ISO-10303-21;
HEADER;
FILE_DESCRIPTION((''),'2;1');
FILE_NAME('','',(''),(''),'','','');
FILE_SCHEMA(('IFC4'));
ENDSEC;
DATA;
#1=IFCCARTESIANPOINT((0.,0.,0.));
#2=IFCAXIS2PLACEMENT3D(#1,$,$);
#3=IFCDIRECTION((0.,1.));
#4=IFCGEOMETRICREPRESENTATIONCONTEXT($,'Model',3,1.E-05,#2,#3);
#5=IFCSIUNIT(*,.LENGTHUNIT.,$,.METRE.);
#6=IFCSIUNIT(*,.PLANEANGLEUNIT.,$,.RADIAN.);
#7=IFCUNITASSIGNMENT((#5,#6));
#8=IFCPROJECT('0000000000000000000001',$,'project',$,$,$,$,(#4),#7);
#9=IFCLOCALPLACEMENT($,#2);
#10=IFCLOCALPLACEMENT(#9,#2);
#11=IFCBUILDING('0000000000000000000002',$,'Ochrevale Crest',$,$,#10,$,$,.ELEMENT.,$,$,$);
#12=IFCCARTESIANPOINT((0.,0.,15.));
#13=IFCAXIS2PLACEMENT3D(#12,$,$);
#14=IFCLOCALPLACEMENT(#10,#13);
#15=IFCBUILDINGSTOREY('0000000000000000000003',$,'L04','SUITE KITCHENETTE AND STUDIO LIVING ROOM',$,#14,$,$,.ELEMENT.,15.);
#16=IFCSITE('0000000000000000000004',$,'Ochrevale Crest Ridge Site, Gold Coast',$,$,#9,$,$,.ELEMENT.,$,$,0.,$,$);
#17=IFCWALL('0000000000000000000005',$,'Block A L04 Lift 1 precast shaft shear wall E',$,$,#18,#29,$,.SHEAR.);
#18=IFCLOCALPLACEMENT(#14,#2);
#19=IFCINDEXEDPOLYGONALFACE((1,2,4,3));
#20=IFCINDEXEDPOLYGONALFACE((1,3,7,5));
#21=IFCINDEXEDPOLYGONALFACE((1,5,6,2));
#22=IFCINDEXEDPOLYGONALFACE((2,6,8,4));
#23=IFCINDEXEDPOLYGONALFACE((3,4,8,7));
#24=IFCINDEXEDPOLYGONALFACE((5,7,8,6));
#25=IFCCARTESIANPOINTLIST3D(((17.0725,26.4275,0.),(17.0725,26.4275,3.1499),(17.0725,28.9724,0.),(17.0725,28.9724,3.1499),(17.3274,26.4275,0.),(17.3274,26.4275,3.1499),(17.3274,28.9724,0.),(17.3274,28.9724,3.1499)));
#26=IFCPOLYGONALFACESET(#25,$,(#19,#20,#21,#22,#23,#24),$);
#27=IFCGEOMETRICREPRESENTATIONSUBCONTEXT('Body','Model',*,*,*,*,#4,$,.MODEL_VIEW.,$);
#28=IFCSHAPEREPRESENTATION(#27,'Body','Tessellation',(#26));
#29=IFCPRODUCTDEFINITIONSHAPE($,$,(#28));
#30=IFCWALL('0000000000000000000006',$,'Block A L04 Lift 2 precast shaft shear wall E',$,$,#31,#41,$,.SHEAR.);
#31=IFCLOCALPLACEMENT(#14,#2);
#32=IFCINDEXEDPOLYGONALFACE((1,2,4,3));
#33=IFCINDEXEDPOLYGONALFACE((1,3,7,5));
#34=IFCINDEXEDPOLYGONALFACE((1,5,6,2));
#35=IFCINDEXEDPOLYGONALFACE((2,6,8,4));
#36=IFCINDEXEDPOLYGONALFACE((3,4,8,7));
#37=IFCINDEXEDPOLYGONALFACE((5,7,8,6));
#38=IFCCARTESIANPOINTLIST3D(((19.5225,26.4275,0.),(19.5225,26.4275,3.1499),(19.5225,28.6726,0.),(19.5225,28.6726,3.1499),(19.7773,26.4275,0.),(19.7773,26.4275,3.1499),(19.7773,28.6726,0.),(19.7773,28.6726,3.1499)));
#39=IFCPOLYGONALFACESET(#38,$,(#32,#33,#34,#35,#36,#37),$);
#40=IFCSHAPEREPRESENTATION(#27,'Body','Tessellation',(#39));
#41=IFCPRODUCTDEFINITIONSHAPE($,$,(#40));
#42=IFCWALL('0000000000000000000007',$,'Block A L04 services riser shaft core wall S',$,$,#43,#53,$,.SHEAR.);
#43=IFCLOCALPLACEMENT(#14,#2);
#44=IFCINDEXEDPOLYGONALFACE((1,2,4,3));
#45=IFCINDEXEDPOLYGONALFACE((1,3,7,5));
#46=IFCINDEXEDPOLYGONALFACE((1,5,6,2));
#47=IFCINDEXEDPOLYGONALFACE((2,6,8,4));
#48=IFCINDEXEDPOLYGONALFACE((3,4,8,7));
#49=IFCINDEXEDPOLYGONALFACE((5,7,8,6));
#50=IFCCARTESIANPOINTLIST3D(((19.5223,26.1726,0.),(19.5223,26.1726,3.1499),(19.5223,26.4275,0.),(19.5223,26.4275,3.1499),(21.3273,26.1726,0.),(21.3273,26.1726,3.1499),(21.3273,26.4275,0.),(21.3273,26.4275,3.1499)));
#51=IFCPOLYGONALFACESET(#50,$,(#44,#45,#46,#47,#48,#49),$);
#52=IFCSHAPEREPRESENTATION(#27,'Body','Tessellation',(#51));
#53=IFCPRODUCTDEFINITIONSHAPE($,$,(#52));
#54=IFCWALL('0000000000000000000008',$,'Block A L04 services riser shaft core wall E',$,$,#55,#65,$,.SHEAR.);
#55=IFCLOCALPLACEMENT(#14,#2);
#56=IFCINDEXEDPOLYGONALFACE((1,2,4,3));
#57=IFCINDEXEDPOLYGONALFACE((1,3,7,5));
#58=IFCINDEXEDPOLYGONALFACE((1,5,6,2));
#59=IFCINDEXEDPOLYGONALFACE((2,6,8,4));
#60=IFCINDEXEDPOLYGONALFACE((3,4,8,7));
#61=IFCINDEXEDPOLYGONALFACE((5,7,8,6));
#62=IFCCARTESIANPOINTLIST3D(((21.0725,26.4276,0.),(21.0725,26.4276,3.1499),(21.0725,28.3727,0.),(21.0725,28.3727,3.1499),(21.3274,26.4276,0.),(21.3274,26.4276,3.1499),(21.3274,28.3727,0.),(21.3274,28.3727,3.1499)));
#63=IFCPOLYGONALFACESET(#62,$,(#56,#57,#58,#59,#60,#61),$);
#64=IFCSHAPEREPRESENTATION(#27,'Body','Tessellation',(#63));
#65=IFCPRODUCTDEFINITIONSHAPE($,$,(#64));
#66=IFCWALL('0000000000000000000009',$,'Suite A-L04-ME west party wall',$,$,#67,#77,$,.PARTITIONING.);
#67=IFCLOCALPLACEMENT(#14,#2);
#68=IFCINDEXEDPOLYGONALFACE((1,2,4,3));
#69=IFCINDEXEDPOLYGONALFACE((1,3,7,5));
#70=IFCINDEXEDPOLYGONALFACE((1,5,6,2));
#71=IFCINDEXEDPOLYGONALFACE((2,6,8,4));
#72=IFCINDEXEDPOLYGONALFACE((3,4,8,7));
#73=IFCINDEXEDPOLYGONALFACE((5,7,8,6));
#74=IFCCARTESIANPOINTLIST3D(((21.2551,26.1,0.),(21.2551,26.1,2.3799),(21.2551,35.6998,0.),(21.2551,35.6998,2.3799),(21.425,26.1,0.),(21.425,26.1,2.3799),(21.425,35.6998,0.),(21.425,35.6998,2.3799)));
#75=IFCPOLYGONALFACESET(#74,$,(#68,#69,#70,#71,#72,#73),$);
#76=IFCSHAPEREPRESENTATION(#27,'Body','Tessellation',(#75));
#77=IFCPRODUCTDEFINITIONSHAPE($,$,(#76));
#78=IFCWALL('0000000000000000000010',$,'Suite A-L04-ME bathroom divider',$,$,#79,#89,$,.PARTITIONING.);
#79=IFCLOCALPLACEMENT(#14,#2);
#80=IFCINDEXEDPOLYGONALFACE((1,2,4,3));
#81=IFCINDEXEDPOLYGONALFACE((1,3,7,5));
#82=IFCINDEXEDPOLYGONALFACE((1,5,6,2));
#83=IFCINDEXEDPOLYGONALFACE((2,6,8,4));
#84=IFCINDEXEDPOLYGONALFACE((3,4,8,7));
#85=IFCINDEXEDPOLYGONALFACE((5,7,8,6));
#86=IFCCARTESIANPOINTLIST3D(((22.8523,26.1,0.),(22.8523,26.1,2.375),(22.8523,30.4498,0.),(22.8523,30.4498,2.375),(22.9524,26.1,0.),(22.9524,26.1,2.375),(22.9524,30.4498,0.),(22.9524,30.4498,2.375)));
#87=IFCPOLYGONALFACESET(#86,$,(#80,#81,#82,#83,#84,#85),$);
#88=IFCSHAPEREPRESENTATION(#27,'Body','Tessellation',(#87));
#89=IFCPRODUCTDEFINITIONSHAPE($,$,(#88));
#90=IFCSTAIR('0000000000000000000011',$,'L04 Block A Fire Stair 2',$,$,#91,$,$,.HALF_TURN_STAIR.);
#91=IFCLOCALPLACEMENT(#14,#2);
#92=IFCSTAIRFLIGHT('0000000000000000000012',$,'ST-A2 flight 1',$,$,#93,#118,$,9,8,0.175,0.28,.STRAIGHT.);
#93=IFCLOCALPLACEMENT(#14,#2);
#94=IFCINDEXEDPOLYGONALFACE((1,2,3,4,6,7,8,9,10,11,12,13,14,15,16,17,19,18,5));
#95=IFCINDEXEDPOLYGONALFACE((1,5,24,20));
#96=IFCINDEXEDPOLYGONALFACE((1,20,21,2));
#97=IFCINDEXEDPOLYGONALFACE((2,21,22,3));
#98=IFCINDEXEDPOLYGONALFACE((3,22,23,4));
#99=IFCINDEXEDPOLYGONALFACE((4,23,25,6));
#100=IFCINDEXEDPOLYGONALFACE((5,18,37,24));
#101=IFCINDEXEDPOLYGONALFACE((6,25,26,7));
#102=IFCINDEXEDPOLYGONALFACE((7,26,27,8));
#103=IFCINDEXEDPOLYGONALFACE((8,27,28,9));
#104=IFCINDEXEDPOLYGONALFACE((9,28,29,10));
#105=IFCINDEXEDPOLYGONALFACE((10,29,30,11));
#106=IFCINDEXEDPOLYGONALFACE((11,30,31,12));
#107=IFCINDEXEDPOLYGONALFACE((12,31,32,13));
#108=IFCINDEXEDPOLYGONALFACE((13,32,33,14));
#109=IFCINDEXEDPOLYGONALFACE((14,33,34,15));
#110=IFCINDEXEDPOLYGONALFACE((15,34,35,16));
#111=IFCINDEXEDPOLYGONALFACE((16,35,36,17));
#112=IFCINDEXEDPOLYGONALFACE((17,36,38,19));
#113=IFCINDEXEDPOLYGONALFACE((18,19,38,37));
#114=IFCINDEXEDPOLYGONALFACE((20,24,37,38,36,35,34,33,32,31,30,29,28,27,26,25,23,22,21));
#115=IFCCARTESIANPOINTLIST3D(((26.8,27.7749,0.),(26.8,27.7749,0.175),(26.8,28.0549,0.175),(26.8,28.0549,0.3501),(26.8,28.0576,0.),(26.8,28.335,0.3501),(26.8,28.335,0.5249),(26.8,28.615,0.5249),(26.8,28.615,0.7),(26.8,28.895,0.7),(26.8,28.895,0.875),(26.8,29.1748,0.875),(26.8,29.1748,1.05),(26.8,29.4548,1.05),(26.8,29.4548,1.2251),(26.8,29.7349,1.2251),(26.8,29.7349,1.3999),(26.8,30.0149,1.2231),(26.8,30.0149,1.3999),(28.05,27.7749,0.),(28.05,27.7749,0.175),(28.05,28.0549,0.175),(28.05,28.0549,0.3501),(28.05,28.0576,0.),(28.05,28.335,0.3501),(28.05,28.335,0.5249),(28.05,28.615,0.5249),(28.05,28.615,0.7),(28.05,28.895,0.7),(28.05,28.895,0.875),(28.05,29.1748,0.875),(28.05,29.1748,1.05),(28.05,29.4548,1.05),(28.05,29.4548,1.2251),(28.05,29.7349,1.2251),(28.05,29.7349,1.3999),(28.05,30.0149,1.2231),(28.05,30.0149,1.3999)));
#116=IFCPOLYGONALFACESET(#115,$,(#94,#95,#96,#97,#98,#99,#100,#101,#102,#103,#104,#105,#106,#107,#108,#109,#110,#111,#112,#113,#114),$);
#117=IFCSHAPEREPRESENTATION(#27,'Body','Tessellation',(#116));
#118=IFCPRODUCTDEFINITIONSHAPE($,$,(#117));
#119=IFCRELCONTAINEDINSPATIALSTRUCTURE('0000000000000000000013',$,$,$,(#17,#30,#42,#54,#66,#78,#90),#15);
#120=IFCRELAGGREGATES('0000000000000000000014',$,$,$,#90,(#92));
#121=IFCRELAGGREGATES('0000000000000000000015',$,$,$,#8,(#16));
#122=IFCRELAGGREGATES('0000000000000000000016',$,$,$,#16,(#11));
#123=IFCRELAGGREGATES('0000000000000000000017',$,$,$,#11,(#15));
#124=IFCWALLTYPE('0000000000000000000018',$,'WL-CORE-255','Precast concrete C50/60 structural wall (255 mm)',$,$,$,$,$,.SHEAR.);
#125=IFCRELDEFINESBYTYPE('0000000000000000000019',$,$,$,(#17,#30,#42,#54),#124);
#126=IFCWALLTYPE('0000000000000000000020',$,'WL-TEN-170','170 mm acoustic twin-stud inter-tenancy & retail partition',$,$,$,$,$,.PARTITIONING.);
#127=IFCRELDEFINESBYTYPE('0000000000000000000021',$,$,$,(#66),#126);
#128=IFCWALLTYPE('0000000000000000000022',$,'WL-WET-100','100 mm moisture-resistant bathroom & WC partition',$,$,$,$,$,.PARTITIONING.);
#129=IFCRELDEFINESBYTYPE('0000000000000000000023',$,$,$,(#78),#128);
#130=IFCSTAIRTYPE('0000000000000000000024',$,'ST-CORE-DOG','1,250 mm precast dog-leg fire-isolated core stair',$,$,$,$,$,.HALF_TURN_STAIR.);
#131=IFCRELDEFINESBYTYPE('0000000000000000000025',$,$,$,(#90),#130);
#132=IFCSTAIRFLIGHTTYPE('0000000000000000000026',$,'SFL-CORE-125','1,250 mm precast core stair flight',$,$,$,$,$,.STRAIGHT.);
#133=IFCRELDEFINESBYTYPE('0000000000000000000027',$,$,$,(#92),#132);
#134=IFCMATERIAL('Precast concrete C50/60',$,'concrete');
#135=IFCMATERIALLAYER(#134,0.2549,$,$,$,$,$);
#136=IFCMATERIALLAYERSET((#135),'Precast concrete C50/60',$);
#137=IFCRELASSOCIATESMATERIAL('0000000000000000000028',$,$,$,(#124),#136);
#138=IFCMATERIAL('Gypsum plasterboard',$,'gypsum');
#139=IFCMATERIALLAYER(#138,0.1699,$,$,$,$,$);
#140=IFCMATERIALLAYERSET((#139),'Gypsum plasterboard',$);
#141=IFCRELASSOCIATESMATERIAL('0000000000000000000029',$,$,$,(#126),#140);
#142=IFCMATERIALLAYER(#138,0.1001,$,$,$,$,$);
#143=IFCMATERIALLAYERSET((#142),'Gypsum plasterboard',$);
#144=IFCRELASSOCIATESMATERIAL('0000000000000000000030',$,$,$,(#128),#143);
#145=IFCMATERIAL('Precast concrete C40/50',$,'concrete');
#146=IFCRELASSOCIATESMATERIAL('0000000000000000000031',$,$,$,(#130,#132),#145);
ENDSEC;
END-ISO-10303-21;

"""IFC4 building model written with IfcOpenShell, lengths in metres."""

from ifc_helpers import new_model, si_unit, direction, frame, frame_2d, origin, place, context, subcontext, project, spatial, polyline, rectangle, outline, extrude, material, layer, layer_set, type_object, element, aggregate, save


model = new_model("IFC4")

# Units and contexts
model_context = context("Model", 3, precision=1e-05, world=origin(), true_north=direction((0.0, 1.0)))
body_context = subcontext(model_context, "Body", "Model", "MODEL_VIEW")
ifc_project = project(units=[si_unit("LENGTHUNIT", "METRE"), si_unit("PLANEANGLEUNIT", "RADIAN")], contexts=[model_context])

# Site, building, storey
site_placement = place(None, origin())
site = spatial("IfcSite", under=ifc_project, at=site_placement, Name="Ochrevale Crest Ridge Site, Gold Coast", CompositionType="ELEMENT", RefElevation=0.0)
building_placement = place(site_placement, origin())
building = spatial("IfcBuilding", under=site, at=building_placement, Name="Ochrevale Crest", CompositionType="ELEMENT")
storey_placement = place(building_placement, frame((0.0, 0.0, 15.0)))
storey = spatial("IfcBuildingStorey", under=building, at=storey_placement, Name="L04", Description="SUITE KITCHENETTE AND STUDIO LIVING ROOM", CompositionType="ELEMENT", Elevation=15.0)

# Shared definitions
ifc_material_1 = material(Name="Precast concrete C50/60", Category="concrete")

# Shared definitions
ifc_material_2 = material(Name="Gypsum plasterboard", Category="gypsum")
ifc_layer_1 = layer(ifc_material_1, 0.2549)
ifc_layer_set_1 = layer_set([ifc_layer_1], Name="Precast concrete C50/60")
wall_type_1 = type_object("IfcWallType", Name="WL-CORE-255", Description="Precast concrete C50/60 structural wall (255 mm)", PredefinedType="SHEAR", material=ifc_layer_set_1)

# Wall
wall_1_placement = place(storey_placement, frame((17.2, 26.4275, 0.0), z_axis=(0.0, 0.0, 1.0), x_axis=(0.0, 1.0, 0.0)))
element("IfcWall", 1, at=wall_1_placement, inside=storey, type_object=wall_type_1, Name="Block A L04 Lift 1 precast shaft shear wall E", PredefinedType="SHEAR", context=body_context, shape_type="SweptSolid", body=[
    extrude(rectangle(XDim=2.5449, YDim=0.2549, at=frame_2d((1.2725, 0.0))), origin(), (0.0, 0.0, 1.0), 3.1499),
])

# Walls
wall_2_placement = place(storey_placement, frame((19.6499, 26.4275, 0.0), z_axis=(0.0, 0.0, 1.0), x_axis=(0.0, 1.0, 0.0)))
element("IfcWall", 2, at=wall_2_placement, inside=storey, type_object=wall_type_1, Name="Block A L04 Lift 2 precast shaft shear wall E", PredefinedType="SHEAR", context=body_context, shape_type="SweptSolid", body=[
    extrude(rectangle(XDim=2.2451, YDim=0.2549, at=frame_2d((1.1226, 0.0))), origin(), (0.0, 0.0, 1.0), 3.1499),
])
wall_3_placement = place(storey_placement, frame((19.5225, 26.3, 0.0), z_axis=(0.0, 0.0, 1.0), x_axis=(1.0, 0.0, 0.0)))
element("IfcWall", 3, at=wall_3_placement, inside=storey, type_object=wall_type_1, Name="Block A L04 services riser shaft core wall S", PredefinedType="SHEAR", context=body_context, shape_type="SweptSolid", body=[
    extrude(rectangle(XDim=1.8049, YDim=0.2549, at=frame_2d((0.9023, 0.0))), origin(), (0.0, 0.0, 1.0), 3.1499),
])
wall_4_placement = place(storey_placement, frame((21.2, 26.4275, 0.0), z_axis=(0.0, 0.0, 1.0), x_axis=(0.0, 1.0, 0.0)))
element("IfcWall", 4, at=wall_4_placement, inside=storey, type_object=wall_type_1, Name="Block A L04 services riser shaft core wall E", PredefinedType="SHEAR", context=body_context, shape_type="SweptSolid", body=[
    extrude(rectangle(XDim=1.9451, YDim=0.2549, at=frame_2d((0.9727, 0.0))), origin(), (0.0, 0.0, 1.0), 3.1499),
])
ifc_layer_2 = layer(ifc_material_2, 0.1699)
ifc_layer_set_2 = layer_set([ifc_layer_2], Name="Gypsum plasterboard")
wall_type_2 = type_object("IfcWallType", Name="WL-TEN-170", Description="170 mm acoustic twin-stud inter-tenancy & retail partition", PredefinedType="PARTITIONING", material=ifc_layer_set_2)
wall_5_placement = place(storey_placement, frame((21.3401, 26.1001, 0.0), z_axis=(0.0, 0.0, 1.0), x_axis=(0.0, 1.0, 0.0)))
element("IfcWall", 5, at=wall_5_placement, inside=storey, type_object=wall_type_2, Name="Suite A-L04-ME west party wall", PredefinedType="PARTITIONING", context=body_context, shape_type="SweptSolid", body=[
    extrude(rectangle(XDim=9.5999, YDim=0.1699, at=frame_2d((4.7998, 0.0))), origin(), (0.0, 0.0, 1.0), 2.3799),
])
ifc_layer_3 = layer(ifc_material_2, 0.1001)
ifc_layer_set_3 = layer_set([ifc_layer_3], Name="Gypsum plasterboard")
wall_type_3 = type_object("IfcWallType", Name="WL-WET-100", Description="100 mm moisture-resistant bathroom & WC partition", PredefinedType="PARTITIONING", material=ifc_layer_set_3)
wall_6_placement = place(storey_placement, frame((22.9023, 26.1001, 0.0), z_axis=(0.0, 0.0, 1.0), x_axis=(0.0, 1.0, 0.0)))
element("IfcWall", 6, at=wall_6_placement, inside=storey, type_object=wall_type_3, Name="Suite A-L04-ME bathroom divider", PredefinedType="PARTITIONING", context=body_context, shape_type="SweptSolid", body=[
    extrude(rectangle(XDim=4.3499, YDim=0.1001, at=frame_2d((2.1748, 0.0))), origin(), (0.0, 0.0, 1.0), 2.375),
])

# Stair, stair flight
ifc_material_3 = material(Name="Precast concrete C40/50", Category="concrete")
stair_type = type_object("IfcStairType", Name="ST-CORE-DOG", Description="1,250 mm precast dog-leg fire-isolated core stair", PredefinedType="HALF_TURN_STAIR", material=ifc_material_3)
stair_placement = place(storey_placement, origin())
stair = element("IfcStair", 7, at=stair_placement, inside=storey, type_object=stair_type, Name="L04 Block A Fire Stair 2", PredefinedType="HALF_TURN_STAIR")
stair_flight_type = type_object("IfcStairFlightType", Name="SFL-CORE-125", Description="1,250 mm precast core stair flight", PredefinedType="STRAIGHT", material=ifc_material_3)
stair_flight_placement = place(storey_placement, frame((27.425, 27.7749, 0.0), z_axis=(0.0, 0.0, 1.0), x_axis=(0.0, 1.0, 0.0)))
stair_flight = element("IfcStairFlight", 8, at=stair_flight_placement, type_object=stair_flight_type, Name="ST-A2 flight 1", NumberOfRisers=9, NumberOfTreads=8, PredefinedType="STRAIGHT", RiserHeight=0.175, TreadLength=0.28, context=body_context, shape_type="SweptSolid", body=[
    extrude(outline(polyline([(0.0, 0.0), (0.0, 0.175), (0.28, 0.175), (0.28, 0.3501), (0.5601, 0.3501), (0.5601, 0.5249), (0.8401, 0.5249), (0.8401, 0.7), (1.1201, 0.7), (1.1201, 0.875), (1.3999, 0.875), (1.3999, 1.05), (1.6799, 1.05), (1.6799, 1.2251), (1.96, 1.2251), (1.96, 1.3999), (2.24, 1.3999), (2.24, 1.575), (2.24, 1.2231), (0.2827, 0.0), (0.0, 0.0)])), frame((0.0, 0.625, 0.0), z_axis=(0.0, -1.0, 0.0), x_axis=(1.0, 0.0, 0.0)), (0.0, 0.0, 1.0), 1.25),
])
aggregate(stair, [stair_flight])

save(model, "model.ifc")
